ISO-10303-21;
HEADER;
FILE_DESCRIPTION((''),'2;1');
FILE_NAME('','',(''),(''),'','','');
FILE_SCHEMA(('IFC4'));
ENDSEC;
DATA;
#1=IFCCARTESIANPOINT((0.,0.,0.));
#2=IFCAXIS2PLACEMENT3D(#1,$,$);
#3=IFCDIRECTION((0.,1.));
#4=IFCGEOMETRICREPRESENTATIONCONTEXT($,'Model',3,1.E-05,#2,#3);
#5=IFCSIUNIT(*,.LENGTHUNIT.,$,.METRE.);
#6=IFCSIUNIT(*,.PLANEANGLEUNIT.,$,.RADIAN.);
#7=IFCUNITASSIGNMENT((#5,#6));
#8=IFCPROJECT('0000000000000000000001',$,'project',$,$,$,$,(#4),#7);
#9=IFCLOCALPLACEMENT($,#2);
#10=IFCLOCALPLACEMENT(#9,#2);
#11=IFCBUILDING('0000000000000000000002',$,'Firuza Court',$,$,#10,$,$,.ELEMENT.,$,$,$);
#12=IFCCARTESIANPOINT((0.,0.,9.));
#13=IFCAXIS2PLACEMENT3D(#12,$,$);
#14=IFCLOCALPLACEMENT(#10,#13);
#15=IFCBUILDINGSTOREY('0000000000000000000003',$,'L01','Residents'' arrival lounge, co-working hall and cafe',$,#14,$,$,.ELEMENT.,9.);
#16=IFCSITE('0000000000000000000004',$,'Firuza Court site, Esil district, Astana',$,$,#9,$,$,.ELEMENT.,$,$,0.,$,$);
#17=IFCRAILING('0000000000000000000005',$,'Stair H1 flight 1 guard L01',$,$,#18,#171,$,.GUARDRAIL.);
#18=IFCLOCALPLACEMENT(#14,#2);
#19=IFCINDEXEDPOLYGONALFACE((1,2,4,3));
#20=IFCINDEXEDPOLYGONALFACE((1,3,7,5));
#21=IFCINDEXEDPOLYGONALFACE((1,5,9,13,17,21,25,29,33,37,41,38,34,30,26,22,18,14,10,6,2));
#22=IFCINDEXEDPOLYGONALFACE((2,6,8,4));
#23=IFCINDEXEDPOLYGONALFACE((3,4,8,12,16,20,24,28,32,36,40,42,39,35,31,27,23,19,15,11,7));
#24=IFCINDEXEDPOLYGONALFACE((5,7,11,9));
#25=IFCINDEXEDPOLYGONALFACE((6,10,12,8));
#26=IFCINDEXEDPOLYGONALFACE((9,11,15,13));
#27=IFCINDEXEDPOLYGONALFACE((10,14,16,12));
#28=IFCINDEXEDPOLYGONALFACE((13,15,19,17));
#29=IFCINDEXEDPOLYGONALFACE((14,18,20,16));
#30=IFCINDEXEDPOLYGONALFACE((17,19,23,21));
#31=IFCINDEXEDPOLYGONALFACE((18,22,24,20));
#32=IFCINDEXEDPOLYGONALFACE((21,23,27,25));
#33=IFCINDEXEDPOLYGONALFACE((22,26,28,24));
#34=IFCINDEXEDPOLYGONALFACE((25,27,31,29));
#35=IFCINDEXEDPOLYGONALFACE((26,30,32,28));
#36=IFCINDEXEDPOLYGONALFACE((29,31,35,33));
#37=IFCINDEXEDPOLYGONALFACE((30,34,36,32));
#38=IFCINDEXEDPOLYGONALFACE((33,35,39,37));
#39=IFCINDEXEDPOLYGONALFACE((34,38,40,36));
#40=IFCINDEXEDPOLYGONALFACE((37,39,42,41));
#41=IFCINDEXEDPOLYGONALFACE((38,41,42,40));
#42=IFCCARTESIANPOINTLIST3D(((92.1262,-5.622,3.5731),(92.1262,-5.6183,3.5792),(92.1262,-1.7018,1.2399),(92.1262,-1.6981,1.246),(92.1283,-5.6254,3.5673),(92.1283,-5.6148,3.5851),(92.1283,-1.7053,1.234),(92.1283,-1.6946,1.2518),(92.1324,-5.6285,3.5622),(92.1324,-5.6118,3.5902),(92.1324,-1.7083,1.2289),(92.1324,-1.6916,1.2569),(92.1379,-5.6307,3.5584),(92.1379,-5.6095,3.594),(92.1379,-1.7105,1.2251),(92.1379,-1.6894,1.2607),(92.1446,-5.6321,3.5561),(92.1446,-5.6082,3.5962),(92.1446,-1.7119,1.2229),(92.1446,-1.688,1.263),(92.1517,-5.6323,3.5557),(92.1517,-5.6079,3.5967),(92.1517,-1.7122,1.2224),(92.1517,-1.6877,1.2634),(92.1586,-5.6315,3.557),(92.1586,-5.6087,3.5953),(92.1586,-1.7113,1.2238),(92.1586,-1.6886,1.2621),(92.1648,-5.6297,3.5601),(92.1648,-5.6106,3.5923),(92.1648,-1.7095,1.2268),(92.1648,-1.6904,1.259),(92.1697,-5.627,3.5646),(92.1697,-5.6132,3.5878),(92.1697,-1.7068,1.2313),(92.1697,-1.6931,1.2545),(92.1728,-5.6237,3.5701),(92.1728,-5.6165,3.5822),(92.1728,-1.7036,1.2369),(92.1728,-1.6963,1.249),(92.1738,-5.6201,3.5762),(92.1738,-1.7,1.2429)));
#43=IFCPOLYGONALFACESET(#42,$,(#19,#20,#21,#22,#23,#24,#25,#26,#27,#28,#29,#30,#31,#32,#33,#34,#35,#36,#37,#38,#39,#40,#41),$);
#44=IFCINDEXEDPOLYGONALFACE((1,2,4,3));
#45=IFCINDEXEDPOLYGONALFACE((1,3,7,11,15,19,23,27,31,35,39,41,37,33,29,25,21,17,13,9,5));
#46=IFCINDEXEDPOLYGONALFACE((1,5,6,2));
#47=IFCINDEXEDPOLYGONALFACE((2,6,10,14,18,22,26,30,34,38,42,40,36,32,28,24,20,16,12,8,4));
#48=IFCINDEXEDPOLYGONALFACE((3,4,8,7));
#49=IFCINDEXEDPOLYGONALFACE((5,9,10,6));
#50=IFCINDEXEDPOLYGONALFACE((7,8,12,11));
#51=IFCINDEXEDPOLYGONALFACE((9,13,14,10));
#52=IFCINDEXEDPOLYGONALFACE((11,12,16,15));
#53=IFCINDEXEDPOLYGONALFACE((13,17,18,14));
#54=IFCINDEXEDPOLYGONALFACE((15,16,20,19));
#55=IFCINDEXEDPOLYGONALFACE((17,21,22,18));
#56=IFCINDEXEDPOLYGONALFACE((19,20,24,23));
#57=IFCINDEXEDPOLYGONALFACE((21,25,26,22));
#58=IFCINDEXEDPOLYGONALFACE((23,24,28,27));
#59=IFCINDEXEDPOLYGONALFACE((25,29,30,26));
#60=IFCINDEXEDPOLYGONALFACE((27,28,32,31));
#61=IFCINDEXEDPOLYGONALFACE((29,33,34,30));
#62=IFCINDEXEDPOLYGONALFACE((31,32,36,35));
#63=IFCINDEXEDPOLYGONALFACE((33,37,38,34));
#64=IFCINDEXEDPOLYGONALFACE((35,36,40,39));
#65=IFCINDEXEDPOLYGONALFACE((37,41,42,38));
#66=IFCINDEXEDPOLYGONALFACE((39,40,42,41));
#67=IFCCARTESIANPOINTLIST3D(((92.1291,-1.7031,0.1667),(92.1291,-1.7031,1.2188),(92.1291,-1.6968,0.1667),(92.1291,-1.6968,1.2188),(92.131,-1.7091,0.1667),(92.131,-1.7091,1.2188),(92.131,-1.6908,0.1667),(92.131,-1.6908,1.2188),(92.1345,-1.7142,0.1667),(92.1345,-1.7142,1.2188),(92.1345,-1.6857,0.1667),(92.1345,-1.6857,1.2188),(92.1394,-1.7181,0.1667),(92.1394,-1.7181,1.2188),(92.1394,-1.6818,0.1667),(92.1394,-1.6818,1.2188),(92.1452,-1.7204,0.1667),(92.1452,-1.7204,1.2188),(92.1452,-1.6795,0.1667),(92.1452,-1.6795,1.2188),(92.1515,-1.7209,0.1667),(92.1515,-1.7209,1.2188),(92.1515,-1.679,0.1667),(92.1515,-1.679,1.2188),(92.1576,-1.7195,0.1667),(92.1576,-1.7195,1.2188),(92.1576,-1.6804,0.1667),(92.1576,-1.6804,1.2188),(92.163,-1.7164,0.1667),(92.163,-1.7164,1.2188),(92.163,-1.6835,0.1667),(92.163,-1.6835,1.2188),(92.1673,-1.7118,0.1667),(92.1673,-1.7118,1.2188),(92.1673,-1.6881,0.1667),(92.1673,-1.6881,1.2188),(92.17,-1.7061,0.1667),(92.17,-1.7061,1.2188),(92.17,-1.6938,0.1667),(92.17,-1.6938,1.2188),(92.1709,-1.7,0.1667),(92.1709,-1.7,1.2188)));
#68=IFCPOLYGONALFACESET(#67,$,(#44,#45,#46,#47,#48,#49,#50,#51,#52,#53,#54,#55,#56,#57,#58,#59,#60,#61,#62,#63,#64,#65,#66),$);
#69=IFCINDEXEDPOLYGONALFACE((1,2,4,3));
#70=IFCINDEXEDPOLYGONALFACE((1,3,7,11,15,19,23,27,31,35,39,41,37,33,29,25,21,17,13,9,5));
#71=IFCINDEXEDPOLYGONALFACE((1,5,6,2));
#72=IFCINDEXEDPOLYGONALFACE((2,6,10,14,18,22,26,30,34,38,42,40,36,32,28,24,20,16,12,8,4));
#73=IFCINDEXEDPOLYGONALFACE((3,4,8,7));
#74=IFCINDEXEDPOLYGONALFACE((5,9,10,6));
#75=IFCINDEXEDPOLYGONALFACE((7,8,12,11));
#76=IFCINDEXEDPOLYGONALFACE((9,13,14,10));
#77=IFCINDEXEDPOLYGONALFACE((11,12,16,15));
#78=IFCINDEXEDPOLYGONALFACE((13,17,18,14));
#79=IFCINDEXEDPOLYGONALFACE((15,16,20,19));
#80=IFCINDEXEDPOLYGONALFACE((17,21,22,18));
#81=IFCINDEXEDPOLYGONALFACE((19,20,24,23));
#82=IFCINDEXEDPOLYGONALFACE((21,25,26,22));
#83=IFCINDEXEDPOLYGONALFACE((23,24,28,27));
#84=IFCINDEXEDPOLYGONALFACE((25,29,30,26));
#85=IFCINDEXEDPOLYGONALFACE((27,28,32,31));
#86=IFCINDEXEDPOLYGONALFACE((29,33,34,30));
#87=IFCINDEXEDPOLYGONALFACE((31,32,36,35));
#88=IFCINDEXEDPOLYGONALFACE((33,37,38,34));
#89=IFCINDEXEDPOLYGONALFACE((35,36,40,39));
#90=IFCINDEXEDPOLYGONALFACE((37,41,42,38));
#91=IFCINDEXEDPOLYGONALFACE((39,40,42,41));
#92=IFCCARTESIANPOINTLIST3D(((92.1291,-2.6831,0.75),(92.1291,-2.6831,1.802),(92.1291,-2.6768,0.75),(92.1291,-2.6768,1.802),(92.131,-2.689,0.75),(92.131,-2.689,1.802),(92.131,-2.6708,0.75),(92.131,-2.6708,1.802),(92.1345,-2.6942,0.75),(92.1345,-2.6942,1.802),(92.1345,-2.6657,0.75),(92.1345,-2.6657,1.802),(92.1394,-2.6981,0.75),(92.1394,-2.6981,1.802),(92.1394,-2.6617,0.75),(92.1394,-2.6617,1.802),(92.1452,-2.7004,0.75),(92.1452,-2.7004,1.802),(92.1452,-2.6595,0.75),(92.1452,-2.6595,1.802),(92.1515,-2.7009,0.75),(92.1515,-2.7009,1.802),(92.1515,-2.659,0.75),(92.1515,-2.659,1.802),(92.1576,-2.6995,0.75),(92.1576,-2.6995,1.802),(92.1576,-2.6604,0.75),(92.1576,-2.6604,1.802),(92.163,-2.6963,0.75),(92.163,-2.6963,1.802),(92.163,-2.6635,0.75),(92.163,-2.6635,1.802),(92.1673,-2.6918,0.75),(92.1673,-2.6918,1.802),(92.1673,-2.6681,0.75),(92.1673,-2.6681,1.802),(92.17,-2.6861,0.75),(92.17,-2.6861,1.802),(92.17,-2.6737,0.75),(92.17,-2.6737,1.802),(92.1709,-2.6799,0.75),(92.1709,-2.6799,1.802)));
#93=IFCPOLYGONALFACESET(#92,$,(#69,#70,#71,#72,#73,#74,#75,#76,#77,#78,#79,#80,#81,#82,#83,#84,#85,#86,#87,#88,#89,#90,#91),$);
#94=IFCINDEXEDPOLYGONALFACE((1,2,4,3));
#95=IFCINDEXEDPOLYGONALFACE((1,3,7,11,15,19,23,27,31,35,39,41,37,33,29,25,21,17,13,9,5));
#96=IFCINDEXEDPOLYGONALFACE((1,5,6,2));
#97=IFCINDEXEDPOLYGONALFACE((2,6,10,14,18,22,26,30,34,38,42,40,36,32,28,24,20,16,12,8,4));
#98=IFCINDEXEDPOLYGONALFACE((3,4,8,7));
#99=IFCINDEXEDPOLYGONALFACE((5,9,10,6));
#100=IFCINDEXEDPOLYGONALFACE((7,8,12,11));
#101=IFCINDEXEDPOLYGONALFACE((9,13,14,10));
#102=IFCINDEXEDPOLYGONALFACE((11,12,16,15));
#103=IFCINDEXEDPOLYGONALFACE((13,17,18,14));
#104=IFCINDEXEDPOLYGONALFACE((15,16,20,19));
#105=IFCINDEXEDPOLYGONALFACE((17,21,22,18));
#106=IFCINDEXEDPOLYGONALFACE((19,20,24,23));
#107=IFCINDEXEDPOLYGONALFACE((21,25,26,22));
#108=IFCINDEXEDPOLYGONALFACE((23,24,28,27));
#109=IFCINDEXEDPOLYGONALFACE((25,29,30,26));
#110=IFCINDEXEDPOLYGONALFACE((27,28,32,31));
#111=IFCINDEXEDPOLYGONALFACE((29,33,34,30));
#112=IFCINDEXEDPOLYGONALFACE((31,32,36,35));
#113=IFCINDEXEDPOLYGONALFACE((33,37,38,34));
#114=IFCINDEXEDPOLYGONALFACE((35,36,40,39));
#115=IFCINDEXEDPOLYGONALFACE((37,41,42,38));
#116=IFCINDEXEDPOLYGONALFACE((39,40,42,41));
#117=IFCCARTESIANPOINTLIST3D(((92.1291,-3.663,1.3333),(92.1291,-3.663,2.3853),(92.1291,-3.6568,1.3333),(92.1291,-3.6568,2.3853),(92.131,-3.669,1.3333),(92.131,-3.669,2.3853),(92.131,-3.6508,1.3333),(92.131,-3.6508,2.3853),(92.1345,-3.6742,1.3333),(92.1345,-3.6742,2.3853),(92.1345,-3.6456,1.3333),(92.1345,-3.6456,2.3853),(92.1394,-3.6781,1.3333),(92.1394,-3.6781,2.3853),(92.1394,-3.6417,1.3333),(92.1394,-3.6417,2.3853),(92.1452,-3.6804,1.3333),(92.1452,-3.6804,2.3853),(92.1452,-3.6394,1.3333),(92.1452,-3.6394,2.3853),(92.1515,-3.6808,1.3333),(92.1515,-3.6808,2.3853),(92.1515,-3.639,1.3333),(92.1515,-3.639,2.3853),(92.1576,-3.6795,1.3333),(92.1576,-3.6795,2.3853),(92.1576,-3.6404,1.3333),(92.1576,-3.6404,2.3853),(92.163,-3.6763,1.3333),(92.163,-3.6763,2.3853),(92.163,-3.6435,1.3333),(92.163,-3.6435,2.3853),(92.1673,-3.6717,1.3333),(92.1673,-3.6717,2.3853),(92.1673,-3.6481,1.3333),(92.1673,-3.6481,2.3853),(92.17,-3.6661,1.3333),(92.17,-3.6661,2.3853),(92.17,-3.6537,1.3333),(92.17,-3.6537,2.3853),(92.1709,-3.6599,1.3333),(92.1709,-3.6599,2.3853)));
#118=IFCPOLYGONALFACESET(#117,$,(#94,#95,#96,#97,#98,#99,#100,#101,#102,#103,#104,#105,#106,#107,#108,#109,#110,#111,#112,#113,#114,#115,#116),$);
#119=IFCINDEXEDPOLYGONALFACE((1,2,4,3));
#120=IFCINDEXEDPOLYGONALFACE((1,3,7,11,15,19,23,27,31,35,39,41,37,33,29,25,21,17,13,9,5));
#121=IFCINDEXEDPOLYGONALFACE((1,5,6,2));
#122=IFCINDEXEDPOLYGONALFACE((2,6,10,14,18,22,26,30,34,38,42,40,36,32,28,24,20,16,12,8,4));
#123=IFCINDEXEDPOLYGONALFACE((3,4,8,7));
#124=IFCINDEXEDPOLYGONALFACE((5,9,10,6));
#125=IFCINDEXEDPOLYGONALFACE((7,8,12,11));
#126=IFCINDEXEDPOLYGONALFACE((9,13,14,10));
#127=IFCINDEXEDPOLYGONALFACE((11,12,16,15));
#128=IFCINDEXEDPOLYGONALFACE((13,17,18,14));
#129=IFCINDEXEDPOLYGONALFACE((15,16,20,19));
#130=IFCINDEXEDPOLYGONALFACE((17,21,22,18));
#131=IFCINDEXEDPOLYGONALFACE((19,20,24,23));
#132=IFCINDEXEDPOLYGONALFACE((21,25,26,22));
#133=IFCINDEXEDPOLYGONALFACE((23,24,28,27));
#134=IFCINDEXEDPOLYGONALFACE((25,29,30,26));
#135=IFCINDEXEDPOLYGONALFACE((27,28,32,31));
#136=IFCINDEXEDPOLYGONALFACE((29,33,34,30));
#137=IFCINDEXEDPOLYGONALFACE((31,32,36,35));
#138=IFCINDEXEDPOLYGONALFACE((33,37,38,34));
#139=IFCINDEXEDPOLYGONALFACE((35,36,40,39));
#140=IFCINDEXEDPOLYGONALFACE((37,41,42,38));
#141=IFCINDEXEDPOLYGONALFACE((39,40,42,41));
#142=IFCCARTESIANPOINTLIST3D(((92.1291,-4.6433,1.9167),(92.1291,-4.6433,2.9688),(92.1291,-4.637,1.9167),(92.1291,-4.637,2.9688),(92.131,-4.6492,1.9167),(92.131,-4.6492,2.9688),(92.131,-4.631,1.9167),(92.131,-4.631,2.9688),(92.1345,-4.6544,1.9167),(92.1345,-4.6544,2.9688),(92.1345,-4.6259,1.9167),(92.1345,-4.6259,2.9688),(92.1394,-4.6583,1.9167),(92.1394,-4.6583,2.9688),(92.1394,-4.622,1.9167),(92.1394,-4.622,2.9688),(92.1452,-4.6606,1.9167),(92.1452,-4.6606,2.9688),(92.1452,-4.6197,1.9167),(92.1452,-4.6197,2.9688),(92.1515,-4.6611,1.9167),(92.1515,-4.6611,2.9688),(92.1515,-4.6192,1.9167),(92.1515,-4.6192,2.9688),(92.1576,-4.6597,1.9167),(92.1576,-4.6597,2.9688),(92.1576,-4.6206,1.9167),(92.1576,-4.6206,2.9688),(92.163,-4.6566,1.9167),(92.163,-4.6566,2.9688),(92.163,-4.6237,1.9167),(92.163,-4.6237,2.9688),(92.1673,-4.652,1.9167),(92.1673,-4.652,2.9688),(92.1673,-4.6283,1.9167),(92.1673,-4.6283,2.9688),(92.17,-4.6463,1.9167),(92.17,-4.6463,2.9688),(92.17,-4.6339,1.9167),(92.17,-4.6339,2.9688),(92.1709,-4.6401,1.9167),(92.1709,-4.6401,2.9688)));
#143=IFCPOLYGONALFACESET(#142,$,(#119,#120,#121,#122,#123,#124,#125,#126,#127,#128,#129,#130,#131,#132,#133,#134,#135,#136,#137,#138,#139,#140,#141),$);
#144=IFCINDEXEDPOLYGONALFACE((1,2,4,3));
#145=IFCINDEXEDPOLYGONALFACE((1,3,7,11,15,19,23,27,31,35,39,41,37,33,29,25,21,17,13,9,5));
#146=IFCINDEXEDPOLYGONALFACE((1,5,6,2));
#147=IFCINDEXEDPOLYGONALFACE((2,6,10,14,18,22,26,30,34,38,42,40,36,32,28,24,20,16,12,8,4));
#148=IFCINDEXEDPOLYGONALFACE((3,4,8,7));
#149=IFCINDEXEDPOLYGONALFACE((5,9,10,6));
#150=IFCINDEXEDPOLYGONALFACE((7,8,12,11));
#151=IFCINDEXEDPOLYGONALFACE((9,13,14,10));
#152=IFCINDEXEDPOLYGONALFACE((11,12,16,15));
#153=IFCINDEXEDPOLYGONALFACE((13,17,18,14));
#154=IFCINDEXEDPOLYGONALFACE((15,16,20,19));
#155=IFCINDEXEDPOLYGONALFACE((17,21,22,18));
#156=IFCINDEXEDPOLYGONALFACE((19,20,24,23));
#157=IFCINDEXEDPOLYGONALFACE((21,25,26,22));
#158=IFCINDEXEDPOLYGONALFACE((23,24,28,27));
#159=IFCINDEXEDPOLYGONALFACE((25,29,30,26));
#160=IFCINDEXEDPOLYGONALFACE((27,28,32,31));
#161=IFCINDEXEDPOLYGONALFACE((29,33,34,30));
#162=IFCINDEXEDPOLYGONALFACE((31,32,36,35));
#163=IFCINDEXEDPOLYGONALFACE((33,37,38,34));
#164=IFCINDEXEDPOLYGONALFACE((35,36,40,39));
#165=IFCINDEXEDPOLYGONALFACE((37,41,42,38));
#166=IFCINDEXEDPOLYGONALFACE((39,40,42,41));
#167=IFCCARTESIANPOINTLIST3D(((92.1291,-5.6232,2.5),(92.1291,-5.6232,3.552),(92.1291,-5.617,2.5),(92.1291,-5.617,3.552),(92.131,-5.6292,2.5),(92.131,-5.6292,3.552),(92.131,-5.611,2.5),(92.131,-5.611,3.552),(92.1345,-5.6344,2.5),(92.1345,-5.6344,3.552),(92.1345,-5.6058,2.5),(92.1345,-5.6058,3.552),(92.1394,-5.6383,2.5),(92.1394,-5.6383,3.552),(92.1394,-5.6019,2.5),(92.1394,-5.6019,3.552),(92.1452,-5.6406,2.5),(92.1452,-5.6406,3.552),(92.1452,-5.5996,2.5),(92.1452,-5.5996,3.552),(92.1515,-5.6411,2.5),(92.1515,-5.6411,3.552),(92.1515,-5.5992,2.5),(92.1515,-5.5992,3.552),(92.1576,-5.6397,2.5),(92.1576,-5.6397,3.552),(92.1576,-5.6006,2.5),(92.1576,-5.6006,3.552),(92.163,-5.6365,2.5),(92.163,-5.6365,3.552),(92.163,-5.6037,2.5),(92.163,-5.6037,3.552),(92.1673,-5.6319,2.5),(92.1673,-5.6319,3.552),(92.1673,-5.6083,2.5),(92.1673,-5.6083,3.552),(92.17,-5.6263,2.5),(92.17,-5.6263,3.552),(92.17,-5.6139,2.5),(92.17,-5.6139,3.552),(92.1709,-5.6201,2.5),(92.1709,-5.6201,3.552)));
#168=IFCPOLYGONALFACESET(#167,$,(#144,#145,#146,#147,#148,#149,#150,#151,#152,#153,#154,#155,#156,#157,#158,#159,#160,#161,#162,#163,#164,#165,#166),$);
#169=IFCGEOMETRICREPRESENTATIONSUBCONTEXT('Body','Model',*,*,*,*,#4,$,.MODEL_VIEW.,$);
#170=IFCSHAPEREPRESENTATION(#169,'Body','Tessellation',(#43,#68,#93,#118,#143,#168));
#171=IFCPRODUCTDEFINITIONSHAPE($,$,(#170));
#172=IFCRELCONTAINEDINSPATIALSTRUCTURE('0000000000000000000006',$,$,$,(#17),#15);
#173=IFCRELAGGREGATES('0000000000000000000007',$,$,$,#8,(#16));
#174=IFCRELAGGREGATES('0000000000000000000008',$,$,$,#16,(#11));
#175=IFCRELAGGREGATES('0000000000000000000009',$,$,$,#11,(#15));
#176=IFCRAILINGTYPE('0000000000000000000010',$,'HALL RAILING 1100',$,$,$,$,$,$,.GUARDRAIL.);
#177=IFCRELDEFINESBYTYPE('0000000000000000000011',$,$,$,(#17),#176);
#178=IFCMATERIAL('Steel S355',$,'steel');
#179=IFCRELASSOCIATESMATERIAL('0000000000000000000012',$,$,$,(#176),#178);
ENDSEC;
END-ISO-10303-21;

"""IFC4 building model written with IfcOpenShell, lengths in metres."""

from ifc_helpers import new_model, si_unit, direction, frame, origin, origin_2d, place, context, subcontext, project, spatial, circle, extrude, material, type_object, element, save


model = new_model("IFC4")

# Units and contexts
model_context = context("Model", 3, precision=1e-05, world=origin(), true_north=direction((0.0, 1.0)))
body_context = subcontext(model_context, "Body", "Model", "MODEL_VIEW")
ifc_project = project(units=[si_unit("LENGTHUNIT", "METRE"), si_unit("PLANEANGLEUNIT", "RADIAN")], contexts=[model_context])

# Site, building, storey
site_placement = place(None, origin())
site = spatial("IfcSite", under=ifc_project, at=site_placement, Name="Firuza Court site, Esil district, Astana", CompositionType="ELEMENT", RefElevation=0.0)
building_placement = place(site_placement, origin())
building = spatial("IfcBuilding", under=site, at=building_placement, Name="Firuza Court", CompositionType="ELEMENT")
storey_placement = place(building_placement, frame((0.0, 0.0, 9.0)))
storey = spatial("IfcBuildingStorey", under=building, at=storey_placement, Name="L01", Description="Residents' arrival lounge, co-working hall and cafe", CompositionType="ELEMENT", Elevation=9.0)

# Railing
ifc_material_1 = material(Name="Steel S355", Category="steel")
railing_type_1 = type_object("IfcRailingType", Name="HALL RAILING 1100", PredefinedType="GUARDRAIL", material=ifc_material_1)
railing_1_placement = place(storey_placement, frame((92.1499, -1.7, 0.1667)))
element("IfcRailing", 1, at=railing_1_placement, inside=storey, type_object=railing_type_1, Name="Stair H1 flight 1 guard L01", PredefinedType="GUARDRAIL", context=body_context, shape_type="SweptSolid", body=[
    extrude(circle(Radius=0.0239, at=origin_2d()), frame((0.0, 0.0, 1.0762), z_axis=(0.0, -0.85931, 0.511455), x_axis=(1.0, 0.0, 0.0)), (0.0, 0.0, 1.0), 4.562),
    extrude(circle(Radius=0.021, at=origin_2d()), origin(), (0.0, 0.0, 1.0), 1.052),
    extrude(circle(Radius=0.021, at=origin_2d()), frame((0.0, -0.98, 0.5833)), (0.0, 0.0, 1.0), 1.052),
    extrude(circle(Radius=0.021, at=origin_2d()), frame((0.0, -1.96, 1.1665)), (0.0, 0.0, 1.0), 1.052),
    extrude(circle(Radius=0.021, at=origin_2d()), frame((0.0, -2.9402, 1.75)), (0.0, 0.0, 1.0), 1.052),
    extrude(circle(Radius=0.021, at=origin_2d()), frame((0.0, -3.9202, 2.3333)), (0.0, 0.0, 1.0), 1.052),
])

save(model, "model.ifc")
